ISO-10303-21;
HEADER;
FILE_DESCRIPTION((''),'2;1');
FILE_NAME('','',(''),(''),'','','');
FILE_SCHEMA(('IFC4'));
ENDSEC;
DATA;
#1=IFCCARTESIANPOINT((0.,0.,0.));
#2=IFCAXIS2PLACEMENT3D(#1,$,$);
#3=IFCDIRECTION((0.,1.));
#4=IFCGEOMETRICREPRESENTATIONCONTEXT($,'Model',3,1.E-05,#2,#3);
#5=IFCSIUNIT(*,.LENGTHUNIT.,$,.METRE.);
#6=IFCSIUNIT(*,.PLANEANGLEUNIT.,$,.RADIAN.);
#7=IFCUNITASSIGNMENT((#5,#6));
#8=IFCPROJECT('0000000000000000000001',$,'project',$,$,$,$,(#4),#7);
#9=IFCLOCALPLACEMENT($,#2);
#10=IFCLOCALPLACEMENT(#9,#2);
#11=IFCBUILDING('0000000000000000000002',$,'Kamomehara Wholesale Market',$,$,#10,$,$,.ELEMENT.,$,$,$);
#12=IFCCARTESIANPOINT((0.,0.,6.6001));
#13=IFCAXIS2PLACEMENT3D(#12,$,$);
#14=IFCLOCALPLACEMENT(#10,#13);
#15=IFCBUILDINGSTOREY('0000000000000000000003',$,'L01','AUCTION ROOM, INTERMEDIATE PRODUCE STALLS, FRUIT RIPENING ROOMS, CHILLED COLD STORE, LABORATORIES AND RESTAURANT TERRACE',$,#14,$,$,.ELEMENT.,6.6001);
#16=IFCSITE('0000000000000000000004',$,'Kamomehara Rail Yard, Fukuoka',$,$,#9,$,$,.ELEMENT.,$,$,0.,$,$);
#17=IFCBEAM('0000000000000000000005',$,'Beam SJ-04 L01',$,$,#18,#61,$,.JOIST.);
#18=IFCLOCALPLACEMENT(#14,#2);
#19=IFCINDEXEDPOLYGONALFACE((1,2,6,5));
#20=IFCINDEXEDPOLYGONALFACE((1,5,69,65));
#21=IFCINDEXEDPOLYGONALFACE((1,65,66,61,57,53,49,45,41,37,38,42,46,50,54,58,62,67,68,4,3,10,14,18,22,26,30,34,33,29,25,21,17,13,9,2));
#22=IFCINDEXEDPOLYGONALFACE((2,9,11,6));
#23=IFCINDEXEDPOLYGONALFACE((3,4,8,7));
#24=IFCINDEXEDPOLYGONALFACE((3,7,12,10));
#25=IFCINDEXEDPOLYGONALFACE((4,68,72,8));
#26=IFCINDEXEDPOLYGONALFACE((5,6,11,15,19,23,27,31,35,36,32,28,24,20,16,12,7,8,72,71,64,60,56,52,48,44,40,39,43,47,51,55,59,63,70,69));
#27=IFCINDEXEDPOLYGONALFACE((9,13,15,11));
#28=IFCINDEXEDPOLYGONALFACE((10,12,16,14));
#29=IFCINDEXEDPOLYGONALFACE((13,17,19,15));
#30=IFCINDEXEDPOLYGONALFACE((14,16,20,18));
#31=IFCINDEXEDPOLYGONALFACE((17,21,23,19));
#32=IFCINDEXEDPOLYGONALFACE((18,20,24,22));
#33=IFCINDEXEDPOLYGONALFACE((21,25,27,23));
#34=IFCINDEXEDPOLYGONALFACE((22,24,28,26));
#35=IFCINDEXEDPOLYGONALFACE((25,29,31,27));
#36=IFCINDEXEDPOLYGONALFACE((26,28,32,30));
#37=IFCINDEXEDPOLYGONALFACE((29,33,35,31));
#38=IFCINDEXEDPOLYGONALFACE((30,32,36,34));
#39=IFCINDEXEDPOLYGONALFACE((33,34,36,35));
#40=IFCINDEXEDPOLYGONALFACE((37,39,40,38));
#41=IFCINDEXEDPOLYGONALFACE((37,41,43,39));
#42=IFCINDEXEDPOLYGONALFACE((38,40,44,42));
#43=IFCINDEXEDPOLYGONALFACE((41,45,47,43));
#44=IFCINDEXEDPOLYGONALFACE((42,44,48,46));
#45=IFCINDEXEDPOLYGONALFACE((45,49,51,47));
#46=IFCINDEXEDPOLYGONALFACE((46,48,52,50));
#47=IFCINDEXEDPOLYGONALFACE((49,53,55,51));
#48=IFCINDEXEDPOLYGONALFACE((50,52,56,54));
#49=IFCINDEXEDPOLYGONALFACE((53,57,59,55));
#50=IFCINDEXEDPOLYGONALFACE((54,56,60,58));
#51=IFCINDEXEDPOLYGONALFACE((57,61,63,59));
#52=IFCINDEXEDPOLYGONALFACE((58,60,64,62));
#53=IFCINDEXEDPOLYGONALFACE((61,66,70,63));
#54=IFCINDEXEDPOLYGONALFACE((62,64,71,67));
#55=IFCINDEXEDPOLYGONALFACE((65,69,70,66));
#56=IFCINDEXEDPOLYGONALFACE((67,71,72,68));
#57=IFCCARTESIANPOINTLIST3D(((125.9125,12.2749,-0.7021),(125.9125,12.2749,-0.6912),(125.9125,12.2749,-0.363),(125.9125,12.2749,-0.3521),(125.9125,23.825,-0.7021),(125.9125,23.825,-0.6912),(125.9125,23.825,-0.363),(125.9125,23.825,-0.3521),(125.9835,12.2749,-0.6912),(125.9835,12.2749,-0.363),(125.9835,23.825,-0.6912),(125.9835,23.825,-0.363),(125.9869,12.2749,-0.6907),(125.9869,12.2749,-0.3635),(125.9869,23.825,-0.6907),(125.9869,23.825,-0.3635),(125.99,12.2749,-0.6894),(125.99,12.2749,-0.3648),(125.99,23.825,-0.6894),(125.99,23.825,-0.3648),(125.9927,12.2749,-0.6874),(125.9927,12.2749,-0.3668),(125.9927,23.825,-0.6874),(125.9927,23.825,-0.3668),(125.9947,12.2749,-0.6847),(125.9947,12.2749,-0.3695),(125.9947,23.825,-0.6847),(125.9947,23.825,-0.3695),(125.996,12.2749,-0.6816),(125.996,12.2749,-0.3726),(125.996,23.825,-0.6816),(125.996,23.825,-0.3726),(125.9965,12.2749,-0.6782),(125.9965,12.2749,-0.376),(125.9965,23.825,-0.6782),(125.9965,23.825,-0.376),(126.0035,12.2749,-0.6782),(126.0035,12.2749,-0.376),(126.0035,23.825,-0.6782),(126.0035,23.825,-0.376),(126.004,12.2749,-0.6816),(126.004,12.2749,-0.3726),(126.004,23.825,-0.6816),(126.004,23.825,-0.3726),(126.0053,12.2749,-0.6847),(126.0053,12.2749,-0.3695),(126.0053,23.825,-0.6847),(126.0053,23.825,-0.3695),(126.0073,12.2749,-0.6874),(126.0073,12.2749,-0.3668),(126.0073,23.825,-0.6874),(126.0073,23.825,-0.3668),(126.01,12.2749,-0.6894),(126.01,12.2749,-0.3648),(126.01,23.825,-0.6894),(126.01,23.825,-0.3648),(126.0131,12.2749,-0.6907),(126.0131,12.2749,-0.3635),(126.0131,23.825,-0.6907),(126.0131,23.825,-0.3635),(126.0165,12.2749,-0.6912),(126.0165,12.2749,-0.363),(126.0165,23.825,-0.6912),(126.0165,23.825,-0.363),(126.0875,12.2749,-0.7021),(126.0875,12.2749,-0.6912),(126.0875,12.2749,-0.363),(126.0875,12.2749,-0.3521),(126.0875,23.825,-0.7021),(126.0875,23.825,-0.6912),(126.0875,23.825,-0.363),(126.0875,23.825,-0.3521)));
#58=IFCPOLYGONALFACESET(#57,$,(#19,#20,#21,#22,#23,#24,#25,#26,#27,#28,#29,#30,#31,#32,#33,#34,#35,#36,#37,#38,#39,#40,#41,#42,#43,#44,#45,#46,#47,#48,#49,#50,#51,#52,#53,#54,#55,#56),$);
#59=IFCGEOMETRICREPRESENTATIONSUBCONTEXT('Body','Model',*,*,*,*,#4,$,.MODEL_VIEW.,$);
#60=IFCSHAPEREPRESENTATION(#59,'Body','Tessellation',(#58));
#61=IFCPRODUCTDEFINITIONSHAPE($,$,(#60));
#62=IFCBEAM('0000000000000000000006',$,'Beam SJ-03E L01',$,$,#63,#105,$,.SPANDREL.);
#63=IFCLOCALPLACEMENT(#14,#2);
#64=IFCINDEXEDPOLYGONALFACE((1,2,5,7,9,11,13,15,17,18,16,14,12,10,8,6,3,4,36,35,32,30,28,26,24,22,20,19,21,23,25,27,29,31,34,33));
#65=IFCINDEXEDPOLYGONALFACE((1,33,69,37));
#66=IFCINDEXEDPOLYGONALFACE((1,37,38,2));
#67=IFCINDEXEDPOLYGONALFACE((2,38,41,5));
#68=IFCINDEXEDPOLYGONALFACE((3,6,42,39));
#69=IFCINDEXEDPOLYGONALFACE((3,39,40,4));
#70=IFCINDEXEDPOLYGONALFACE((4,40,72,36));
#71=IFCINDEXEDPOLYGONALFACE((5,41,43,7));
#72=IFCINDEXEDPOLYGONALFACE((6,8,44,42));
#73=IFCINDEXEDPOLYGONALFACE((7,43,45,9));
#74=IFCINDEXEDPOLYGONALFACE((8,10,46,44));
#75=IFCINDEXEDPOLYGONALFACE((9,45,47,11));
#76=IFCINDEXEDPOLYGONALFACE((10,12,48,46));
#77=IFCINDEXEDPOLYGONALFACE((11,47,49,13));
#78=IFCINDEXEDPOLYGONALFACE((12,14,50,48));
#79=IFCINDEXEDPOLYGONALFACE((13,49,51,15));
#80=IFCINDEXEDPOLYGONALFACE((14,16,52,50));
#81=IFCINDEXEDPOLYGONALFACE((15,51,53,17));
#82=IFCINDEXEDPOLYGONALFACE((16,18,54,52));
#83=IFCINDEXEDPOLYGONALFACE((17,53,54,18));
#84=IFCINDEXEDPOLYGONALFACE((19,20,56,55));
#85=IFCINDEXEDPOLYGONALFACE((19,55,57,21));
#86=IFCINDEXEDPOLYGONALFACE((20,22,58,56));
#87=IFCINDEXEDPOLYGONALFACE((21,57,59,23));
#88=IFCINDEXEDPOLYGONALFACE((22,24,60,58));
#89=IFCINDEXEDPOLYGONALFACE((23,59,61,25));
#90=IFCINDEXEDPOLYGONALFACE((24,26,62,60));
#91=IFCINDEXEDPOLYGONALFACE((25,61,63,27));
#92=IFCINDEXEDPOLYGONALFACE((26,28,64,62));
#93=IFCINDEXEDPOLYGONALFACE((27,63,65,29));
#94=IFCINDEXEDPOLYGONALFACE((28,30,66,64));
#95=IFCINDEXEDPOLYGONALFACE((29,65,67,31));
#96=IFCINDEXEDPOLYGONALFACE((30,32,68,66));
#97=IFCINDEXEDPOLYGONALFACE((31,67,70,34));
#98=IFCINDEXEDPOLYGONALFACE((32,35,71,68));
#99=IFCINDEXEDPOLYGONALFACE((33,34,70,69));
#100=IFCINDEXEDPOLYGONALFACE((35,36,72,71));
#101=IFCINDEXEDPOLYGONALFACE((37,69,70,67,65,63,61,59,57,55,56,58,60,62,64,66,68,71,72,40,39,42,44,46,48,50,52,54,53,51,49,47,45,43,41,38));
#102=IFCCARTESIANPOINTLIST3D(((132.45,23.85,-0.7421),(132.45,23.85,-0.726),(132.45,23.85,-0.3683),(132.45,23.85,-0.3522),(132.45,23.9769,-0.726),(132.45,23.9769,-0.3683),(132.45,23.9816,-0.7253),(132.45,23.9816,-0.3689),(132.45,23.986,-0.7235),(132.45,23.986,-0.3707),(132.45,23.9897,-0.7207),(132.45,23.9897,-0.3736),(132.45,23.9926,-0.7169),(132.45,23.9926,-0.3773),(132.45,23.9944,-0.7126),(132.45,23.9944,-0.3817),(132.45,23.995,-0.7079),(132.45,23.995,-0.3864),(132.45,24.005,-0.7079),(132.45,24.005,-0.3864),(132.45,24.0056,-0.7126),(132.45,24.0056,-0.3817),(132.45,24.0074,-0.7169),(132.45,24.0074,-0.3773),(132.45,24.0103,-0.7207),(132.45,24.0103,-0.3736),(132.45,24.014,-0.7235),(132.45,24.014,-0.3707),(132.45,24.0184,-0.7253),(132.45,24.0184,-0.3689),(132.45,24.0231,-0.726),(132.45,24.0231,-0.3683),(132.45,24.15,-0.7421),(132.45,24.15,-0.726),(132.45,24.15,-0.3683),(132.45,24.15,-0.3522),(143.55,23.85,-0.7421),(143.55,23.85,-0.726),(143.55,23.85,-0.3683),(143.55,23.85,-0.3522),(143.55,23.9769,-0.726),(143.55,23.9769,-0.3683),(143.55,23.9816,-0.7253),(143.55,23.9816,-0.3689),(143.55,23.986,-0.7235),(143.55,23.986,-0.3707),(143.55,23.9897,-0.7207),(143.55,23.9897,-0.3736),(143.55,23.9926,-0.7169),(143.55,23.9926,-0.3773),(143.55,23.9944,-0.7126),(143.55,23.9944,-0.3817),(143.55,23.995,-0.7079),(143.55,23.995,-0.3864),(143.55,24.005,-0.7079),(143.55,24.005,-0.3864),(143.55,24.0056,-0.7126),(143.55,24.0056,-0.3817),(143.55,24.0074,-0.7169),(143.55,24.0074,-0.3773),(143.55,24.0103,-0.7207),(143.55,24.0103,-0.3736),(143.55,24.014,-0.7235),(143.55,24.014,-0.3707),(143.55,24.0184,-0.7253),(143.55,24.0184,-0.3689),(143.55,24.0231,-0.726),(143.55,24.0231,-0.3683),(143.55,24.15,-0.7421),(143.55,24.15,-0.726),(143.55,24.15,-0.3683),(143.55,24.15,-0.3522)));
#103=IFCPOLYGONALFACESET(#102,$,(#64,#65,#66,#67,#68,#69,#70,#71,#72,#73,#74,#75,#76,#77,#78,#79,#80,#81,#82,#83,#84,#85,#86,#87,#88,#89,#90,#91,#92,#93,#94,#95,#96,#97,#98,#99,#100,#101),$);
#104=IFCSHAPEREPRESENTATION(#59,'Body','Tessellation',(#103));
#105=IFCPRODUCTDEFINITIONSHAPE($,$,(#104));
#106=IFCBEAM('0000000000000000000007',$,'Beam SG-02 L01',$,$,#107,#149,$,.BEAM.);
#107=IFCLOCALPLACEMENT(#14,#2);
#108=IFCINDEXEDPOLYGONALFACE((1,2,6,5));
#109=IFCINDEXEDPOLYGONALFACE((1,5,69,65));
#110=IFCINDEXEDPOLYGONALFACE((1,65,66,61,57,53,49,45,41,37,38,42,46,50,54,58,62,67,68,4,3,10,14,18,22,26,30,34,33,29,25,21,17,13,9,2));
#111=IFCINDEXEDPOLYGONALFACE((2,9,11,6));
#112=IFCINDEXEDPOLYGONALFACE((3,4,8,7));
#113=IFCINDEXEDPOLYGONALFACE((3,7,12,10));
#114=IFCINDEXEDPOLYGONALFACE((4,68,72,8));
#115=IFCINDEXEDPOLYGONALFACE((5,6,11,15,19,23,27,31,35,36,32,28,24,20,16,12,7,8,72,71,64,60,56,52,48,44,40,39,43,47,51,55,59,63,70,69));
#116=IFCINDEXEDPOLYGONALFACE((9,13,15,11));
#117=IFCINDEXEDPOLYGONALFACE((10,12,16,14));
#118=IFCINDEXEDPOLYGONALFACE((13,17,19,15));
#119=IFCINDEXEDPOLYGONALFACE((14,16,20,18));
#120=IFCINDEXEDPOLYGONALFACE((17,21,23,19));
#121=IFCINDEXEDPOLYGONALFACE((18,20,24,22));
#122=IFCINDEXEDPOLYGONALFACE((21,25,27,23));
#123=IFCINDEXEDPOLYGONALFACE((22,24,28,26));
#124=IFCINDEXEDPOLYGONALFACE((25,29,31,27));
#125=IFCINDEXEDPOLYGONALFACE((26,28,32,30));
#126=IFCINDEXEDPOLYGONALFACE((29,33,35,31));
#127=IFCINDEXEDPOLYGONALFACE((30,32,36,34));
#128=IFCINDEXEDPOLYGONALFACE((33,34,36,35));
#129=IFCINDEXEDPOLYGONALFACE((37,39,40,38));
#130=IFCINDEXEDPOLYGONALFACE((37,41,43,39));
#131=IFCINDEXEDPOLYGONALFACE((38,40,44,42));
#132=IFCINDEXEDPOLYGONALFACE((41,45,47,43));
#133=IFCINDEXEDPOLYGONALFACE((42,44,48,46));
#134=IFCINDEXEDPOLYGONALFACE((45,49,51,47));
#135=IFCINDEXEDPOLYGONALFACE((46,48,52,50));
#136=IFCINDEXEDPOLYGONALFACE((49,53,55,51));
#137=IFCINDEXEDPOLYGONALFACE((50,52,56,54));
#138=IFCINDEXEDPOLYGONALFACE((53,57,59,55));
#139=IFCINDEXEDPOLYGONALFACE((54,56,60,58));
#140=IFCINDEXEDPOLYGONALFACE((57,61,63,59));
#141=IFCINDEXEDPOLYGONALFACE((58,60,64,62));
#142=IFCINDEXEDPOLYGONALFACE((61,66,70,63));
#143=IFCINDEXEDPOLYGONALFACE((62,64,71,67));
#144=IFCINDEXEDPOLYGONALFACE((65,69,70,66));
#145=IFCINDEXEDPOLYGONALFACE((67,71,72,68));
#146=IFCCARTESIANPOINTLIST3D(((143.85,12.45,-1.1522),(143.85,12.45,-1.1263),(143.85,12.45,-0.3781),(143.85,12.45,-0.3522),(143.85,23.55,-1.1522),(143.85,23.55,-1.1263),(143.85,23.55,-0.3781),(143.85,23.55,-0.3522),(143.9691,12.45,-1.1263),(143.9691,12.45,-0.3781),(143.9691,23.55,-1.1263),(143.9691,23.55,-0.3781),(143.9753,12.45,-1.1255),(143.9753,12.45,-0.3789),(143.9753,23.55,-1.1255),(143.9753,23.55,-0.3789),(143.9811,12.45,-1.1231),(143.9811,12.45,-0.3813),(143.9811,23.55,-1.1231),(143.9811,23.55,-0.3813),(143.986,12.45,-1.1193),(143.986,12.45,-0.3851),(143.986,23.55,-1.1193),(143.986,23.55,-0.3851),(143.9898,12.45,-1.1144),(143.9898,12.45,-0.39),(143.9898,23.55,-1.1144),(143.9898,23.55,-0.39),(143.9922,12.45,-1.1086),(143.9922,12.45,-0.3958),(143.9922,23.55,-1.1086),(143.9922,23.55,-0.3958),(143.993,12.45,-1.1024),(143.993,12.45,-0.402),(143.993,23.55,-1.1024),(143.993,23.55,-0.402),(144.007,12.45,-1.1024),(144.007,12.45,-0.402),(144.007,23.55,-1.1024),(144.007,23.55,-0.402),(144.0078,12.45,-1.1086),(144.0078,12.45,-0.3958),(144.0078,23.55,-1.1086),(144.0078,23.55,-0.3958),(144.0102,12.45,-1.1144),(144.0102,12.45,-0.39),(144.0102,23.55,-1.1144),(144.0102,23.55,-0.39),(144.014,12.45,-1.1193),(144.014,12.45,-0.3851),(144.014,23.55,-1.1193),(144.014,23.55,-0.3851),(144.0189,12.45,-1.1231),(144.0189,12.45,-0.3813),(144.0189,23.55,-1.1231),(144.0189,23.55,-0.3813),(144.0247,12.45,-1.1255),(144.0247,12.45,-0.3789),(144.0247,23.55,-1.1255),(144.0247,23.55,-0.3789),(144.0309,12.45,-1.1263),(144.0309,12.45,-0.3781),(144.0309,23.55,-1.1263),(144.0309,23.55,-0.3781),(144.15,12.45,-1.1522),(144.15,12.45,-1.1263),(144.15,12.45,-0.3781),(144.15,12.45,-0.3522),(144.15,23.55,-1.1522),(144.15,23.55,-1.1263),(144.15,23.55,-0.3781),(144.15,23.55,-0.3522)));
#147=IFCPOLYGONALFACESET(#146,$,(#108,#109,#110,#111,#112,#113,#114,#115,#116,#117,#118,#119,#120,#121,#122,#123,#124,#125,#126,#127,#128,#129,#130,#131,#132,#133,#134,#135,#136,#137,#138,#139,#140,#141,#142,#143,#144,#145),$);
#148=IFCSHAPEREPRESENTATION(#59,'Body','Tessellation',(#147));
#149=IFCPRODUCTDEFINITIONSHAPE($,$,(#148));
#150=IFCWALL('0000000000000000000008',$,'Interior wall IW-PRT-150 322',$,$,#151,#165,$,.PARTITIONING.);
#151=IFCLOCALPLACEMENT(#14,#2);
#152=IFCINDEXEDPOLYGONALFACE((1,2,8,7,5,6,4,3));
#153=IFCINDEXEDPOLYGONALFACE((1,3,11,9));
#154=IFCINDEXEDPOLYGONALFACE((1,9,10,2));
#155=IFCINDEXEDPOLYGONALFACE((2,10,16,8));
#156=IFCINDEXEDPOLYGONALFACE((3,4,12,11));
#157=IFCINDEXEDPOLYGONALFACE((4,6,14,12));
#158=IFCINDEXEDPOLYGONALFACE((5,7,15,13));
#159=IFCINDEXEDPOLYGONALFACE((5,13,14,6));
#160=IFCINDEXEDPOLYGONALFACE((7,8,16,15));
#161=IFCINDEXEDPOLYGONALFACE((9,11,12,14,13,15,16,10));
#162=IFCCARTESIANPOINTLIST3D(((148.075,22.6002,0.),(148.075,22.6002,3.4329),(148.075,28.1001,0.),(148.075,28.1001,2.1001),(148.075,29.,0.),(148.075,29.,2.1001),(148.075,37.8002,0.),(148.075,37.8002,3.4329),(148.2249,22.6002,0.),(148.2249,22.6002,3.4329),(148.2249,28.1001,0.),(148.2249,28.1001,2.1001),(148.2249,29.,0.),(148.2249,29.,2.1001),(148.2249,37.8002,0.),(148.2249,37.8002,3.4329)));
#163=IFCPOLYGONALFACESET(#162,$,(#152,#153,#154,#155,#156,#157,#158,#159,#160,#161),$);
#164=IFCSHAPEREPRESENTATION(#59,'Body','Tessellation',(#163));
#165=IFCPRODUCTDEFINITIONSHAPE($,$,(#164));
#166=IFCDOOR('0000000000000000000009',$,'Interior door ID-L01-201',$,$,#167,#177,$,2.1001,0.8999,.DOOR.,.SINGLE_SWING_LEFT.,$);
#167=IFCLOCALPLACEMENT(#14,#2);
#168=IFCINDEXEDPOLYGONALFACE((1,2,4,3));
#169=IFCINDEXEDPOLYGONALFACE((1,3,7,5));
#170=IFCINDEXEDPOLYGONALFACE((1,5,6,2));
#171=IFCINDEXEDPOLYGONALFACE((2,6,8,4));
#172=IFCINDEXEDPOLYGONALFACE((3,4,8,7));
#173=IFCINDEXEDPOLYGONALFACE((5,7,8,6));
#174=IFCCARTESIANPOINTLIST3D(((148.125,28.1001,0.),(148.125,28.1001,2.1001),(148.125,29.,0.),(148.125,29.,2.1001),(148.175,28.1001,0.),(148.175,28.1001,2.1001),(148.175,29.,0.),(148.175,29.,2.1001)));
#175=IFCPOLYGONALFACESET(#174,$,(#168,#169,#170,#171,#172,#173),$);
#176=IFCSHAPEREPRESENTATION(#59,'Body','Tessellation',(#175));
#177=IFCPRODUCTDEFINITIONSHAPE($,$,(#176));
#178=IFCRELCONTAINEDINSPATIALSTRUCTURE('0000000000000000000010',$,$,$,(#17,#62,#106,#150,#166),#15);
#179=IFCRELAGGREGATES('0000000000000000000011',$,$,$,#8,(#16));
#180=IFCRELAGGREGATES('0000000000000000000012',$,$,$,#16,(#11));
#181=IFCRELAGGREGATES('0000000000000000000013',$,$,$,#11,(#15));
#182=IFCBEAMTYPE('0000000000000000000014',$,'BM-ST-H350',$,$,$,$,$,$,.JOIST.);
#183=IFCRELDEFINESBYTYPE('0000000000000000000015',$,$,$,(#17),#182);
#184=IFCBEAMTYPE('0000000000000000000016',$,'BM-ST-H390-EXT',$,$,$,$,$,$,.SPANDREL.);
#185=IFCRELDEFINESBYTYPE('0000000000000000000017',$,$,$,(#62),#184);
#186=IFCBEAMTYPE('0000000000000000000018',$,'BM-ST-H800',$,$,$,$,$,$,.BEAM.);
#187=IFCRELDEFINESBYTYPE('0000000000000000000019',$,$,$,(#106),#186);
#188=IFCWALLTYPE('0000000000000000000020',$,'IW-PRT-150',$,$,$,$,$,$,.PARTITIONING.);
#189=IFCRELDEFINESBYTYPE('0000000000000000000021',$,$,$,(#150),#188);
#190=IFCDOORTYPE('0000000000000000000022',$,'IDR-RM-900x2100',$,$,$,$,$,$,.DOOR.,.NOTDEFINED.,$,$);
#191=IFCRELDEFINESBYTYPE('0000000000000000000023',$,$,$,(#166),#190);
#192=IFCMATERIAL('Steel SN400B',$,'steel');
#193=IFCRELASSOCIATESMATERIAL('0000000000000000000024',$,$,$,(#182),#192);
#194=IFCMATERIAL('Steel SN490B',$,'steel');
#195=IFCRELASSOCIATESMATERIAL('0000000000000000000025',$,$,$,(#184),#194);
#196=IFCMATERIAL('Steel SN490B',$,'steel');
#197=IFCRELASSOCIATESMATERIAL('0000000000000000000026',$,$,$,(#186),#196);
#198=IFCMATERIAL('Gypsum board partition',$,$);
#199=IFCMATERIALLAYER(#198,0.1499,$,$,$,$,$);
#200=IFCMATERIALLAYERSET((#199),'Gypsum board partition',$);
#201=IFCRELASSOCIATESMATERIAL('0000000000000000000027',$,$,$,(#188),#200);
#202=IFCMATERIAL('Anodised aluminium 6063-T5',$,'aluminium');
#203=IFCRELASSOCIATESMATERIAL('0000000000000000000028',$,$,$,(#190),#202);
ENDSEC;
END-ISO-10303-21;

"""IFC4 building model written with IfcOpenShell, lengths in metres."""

from ifc_helpers import new_model, si_unit, direction, frame, frame_2d, origin, origin_2d, place, context, subcontext, project, spatial, rectangle, i_section, extrude, material, layer, layer_set, material_profile, profile_set, type_object, element, fill, save


model = new_model("IFC4")

# Units and contexts
model_context = context("Model", 3, precision=1e-05, world=origin(), true_north=direction((0.0, 1.0)))
body_context = subcontext(model_context, "Body", "Model", "MODEL_VIEW")
ifc_project = project(units=[si_unit("LENGTHUNIT", "METRE"), si_unit("PLANEANGLEUNIT", "RADIAN")], contexts=[model_context])

# Site, building, storey
site_placement = place(None, origin())
site = spatial("IfcSite", under=ifc_project, at=site_placement, Name="Kamomehara Rail Yard, Fukuoka", CompositionType="ELEMENT", RefElevation=0.0)
building_placement = place(site_placement, origin())
building = spatial("IfcBuilding", under=site, at=building_placement, Name="Kamomehara Wholesale Market", CompositionType="ELEMENT")
storey_placement = place(building_placement, frame((0.0, 0.0, 6.6001)))
storey = spatial("IfcBuildingStorey", under=building, at=storey_placement, Name="L01", Description="AUCTION ROOM, INTERMEDIATE PRODUCE STALLS, FRUIT RIPENING ROOMS, CHILLED COLD STORE, LABORATORIES AND RESTAURANT TERRACE", CompositionType="ELEMENT", Elevation=6.6001)

# Beams
ifc_material_1 = material(Name="Steel SN400B", Category="steel")
ifc_material_profile_1 = material_profile(ifc_material_1, i_section(OverallWidth=0.175, OverallDepth=0.3501, WebThickness=0.0071, FlangeThickness=0.011, FilletRadius=0.0129, at=origin_2d()), Name="H-350x175x7x11")
ifc_profile_set_1 = profile_set([ifc_material_profile_1], Name="Steel SN400B")
beam_type_1 = type_object("IfcBeamType", Name="BM-ST-H350", PredefinedType="JOIST", material=ifc_profile_set_1)
beam_1_placement = place(storey_placement, frame((126.0, 12.2749, -0.5271), z_axis=(0.0, 1.0, 0.0), x_axis=(-1.0, 0.0, 0.0)))
element("IfcBeam", 1, at=beam_1_placement, inside=storey, type_object=beam_type_1, Name="Beam SJ-04 L01", PredefinedType="JOIST", context=body_context, shape_type="SweptSolid", body=[
    extrude(i_section(OverallWidth=0.175, OverallDepth=0.3501, WebThickness=0.0071, FlangeThickness=0.011, FilletRadius=0.0129, at=origin_2d()), origin(), (0.0, 0.0, 1.0), 11.55),
])
ifc_material_2 = material(Name="Steel SN490B", Category="steel")
ifc_material_profile_2 = material_profile(ifc_material_2, i_section(OverallWidth=0.3, OverallDepth=0.3899, WebThickness=0.01, FlangeThickness=0.0161, FilletRadius=0.0181, at=origin_2d()), Name="H-390x300x10x16")
ifc_profile_set_2 = profile_set([ifc_material_profile_2], Name="Steel SN490B")
beam_type_2 = type_object("IfcBeamType", Name="BM-ST-H390-EXT", PredefinedType="SPANDREL", material=ifc_profile_set_2)
beam_2_placement = place(storey_placement, frame((132.45, 24.0, -0.5471), z_axis=(1.0, 0.0, 0.0), x_axis=(0.0, 1.0, 0.0)))
element("IfcBeam", 2, at=beam_2_placement, inside=storey, type_object=beam_type_2, Name="Beam SJ-03E L01", PredefinedType="SPANDREL", context=body_context, shape_type="SweptSolid", body=[
    extrude(i_section(OverallWidth=0.3, OverallDepth=0.3899, WebThickness=0.01, FlangeThickness=0.0161, FilletRadius=0.0181, at=origin_2d()), origin(), (0.0, 0.0, 1.0), 11.1001),
])
ifc_material_3 = material(Name="Steel SN490B", Category="steel")
ifc_material_profile_3 = material_profile(ifc_material_3, i_section(OverallWidth=0.3, OverallDepth=0.8, WebThickness=0.0139, FlangeThickness=0.0259, FilletRadius=0.0239, at=origin_2d()), Name="H-800x300x14x26")
ifc_profile_set_3 = profile_set([ifc_material_profile_3], Name="Steel SN490B")
beam_type_3 = type_object("IfcBeamType", Name="BM-ST-H800", PredefinedType="BEAM", material=ifc_profile_set_3)
beam_3_placement = place(storey_placement, frame((144.0, 12.45, -0.7522), z_axis=(0.0, 1.0, 0.0), x_axis=(-1.0, 0.0, 0.0)))
element("IfcBeam", 3, at=beam_3_placement, inside=storey, type_object=beam_type_3, Name="Beam SG-02 L01", PredefinedType="BEAM", context=body_context, shape_type="SweptSolid", body=[
    extrude(i_section(OverallWidth=0.3, OverallDepth=0.8, WebThickness=0.0139, FlangeThickness=0.0259, FilletRadius=0.0239, at=origin_2d()), origin(), (0.0, 0.0, 1.0), 11.1001),
])

# Wall, opening, door
ifc_material_4 = material(Name="Gypsum board partition")
ifc_layer_1 = layer(ifc_material_4, 0.1499)
ifc_layer_set_1 = layer_set([ifc_layer_1], Name="Gypsum board partition")
wall_type_1 = type_object("IfcWallType", Name="IW-PRT-150", PredefinedType="PARTITIONING", material=ifc_layer_set_1)
wall_1_placement = place(storey_placement, frame((148.1499, 22.6001, 0.0), z_axis=(0.0, 0.0, 1.0), x_axis=(0.0, 1.0, 0.0)))
wall_1 = element("IfcWall", 4, at=wall_1_placement, inside=storey, type_object=wall_type_1, Name="Interior wall IW-PRT-150 322", PredefinedType="PARTITIONING", context=body_context, shape_type="SweptSolid", body=[
    extrude(rectangle(XDim=15.2, YDim=0.1499, at=frame_2d((7.6001, 0.0))), origin(), (0.0, 0.0, 1.0), 3.4329),
])
opening_1_placement = place(wall_1_placement, frame((5.5, 0.0, 0.0)))
opening_1 = element("IfcOpeningElement", 5, at=opening_1_placement, cuts=wall_1, PredefinedType="OPENING", context=body_context, shape_type="SweptSolid", body=[
    extrude(rectangle(XDim=0.8999, YDim=2.1001, at=frame_2d((0.45, 1.05))), frame((0.0, 0.0898, 0.0), z_axis=(0.0, -1.0, 0.0), x_axis=(1.0, 0.0, 0.0)), (0.0, 0.0, 1.0), 0.1797),
])
ifc_material_5 = material(Name="Anodised aluminium 6063-T5", Category="aluminium")
door_type_1 = type_object("IfcDoorType", Name="IDR-RM-900x2100", OperationType="NOTDEFINED", PredefinedType="DOOR", material=ifc_material_5)
door_1_placement = place(opening_1_placement, origin())
door_1 = element("IfcDoor", 6, at=door_1_placement, inside=storey, type_object=door_type_1, Name="Interior door ID-L01-201", OperationType="SINGLE_SWING_LEFT", OverallHeight=2.1001, OverallWidth=0.8999, PredefinedType="DOOR", context=body_context, shape_type="SweptSolid", body=[
    extrude(rectangle(XDim=0.8999, YDim=2.1001, at=frame_2d((0.45, 1.05))), frame((0.0, 0.0249, 0.0), z_axis=(0.0, -1.0, 0.0), x_axis=(1.0, 0.0, 0.0)), (0.0, 0.0, 1.0), 0.05),
])
fill(opening_1, door_1)

save(model, "model.ifc")
